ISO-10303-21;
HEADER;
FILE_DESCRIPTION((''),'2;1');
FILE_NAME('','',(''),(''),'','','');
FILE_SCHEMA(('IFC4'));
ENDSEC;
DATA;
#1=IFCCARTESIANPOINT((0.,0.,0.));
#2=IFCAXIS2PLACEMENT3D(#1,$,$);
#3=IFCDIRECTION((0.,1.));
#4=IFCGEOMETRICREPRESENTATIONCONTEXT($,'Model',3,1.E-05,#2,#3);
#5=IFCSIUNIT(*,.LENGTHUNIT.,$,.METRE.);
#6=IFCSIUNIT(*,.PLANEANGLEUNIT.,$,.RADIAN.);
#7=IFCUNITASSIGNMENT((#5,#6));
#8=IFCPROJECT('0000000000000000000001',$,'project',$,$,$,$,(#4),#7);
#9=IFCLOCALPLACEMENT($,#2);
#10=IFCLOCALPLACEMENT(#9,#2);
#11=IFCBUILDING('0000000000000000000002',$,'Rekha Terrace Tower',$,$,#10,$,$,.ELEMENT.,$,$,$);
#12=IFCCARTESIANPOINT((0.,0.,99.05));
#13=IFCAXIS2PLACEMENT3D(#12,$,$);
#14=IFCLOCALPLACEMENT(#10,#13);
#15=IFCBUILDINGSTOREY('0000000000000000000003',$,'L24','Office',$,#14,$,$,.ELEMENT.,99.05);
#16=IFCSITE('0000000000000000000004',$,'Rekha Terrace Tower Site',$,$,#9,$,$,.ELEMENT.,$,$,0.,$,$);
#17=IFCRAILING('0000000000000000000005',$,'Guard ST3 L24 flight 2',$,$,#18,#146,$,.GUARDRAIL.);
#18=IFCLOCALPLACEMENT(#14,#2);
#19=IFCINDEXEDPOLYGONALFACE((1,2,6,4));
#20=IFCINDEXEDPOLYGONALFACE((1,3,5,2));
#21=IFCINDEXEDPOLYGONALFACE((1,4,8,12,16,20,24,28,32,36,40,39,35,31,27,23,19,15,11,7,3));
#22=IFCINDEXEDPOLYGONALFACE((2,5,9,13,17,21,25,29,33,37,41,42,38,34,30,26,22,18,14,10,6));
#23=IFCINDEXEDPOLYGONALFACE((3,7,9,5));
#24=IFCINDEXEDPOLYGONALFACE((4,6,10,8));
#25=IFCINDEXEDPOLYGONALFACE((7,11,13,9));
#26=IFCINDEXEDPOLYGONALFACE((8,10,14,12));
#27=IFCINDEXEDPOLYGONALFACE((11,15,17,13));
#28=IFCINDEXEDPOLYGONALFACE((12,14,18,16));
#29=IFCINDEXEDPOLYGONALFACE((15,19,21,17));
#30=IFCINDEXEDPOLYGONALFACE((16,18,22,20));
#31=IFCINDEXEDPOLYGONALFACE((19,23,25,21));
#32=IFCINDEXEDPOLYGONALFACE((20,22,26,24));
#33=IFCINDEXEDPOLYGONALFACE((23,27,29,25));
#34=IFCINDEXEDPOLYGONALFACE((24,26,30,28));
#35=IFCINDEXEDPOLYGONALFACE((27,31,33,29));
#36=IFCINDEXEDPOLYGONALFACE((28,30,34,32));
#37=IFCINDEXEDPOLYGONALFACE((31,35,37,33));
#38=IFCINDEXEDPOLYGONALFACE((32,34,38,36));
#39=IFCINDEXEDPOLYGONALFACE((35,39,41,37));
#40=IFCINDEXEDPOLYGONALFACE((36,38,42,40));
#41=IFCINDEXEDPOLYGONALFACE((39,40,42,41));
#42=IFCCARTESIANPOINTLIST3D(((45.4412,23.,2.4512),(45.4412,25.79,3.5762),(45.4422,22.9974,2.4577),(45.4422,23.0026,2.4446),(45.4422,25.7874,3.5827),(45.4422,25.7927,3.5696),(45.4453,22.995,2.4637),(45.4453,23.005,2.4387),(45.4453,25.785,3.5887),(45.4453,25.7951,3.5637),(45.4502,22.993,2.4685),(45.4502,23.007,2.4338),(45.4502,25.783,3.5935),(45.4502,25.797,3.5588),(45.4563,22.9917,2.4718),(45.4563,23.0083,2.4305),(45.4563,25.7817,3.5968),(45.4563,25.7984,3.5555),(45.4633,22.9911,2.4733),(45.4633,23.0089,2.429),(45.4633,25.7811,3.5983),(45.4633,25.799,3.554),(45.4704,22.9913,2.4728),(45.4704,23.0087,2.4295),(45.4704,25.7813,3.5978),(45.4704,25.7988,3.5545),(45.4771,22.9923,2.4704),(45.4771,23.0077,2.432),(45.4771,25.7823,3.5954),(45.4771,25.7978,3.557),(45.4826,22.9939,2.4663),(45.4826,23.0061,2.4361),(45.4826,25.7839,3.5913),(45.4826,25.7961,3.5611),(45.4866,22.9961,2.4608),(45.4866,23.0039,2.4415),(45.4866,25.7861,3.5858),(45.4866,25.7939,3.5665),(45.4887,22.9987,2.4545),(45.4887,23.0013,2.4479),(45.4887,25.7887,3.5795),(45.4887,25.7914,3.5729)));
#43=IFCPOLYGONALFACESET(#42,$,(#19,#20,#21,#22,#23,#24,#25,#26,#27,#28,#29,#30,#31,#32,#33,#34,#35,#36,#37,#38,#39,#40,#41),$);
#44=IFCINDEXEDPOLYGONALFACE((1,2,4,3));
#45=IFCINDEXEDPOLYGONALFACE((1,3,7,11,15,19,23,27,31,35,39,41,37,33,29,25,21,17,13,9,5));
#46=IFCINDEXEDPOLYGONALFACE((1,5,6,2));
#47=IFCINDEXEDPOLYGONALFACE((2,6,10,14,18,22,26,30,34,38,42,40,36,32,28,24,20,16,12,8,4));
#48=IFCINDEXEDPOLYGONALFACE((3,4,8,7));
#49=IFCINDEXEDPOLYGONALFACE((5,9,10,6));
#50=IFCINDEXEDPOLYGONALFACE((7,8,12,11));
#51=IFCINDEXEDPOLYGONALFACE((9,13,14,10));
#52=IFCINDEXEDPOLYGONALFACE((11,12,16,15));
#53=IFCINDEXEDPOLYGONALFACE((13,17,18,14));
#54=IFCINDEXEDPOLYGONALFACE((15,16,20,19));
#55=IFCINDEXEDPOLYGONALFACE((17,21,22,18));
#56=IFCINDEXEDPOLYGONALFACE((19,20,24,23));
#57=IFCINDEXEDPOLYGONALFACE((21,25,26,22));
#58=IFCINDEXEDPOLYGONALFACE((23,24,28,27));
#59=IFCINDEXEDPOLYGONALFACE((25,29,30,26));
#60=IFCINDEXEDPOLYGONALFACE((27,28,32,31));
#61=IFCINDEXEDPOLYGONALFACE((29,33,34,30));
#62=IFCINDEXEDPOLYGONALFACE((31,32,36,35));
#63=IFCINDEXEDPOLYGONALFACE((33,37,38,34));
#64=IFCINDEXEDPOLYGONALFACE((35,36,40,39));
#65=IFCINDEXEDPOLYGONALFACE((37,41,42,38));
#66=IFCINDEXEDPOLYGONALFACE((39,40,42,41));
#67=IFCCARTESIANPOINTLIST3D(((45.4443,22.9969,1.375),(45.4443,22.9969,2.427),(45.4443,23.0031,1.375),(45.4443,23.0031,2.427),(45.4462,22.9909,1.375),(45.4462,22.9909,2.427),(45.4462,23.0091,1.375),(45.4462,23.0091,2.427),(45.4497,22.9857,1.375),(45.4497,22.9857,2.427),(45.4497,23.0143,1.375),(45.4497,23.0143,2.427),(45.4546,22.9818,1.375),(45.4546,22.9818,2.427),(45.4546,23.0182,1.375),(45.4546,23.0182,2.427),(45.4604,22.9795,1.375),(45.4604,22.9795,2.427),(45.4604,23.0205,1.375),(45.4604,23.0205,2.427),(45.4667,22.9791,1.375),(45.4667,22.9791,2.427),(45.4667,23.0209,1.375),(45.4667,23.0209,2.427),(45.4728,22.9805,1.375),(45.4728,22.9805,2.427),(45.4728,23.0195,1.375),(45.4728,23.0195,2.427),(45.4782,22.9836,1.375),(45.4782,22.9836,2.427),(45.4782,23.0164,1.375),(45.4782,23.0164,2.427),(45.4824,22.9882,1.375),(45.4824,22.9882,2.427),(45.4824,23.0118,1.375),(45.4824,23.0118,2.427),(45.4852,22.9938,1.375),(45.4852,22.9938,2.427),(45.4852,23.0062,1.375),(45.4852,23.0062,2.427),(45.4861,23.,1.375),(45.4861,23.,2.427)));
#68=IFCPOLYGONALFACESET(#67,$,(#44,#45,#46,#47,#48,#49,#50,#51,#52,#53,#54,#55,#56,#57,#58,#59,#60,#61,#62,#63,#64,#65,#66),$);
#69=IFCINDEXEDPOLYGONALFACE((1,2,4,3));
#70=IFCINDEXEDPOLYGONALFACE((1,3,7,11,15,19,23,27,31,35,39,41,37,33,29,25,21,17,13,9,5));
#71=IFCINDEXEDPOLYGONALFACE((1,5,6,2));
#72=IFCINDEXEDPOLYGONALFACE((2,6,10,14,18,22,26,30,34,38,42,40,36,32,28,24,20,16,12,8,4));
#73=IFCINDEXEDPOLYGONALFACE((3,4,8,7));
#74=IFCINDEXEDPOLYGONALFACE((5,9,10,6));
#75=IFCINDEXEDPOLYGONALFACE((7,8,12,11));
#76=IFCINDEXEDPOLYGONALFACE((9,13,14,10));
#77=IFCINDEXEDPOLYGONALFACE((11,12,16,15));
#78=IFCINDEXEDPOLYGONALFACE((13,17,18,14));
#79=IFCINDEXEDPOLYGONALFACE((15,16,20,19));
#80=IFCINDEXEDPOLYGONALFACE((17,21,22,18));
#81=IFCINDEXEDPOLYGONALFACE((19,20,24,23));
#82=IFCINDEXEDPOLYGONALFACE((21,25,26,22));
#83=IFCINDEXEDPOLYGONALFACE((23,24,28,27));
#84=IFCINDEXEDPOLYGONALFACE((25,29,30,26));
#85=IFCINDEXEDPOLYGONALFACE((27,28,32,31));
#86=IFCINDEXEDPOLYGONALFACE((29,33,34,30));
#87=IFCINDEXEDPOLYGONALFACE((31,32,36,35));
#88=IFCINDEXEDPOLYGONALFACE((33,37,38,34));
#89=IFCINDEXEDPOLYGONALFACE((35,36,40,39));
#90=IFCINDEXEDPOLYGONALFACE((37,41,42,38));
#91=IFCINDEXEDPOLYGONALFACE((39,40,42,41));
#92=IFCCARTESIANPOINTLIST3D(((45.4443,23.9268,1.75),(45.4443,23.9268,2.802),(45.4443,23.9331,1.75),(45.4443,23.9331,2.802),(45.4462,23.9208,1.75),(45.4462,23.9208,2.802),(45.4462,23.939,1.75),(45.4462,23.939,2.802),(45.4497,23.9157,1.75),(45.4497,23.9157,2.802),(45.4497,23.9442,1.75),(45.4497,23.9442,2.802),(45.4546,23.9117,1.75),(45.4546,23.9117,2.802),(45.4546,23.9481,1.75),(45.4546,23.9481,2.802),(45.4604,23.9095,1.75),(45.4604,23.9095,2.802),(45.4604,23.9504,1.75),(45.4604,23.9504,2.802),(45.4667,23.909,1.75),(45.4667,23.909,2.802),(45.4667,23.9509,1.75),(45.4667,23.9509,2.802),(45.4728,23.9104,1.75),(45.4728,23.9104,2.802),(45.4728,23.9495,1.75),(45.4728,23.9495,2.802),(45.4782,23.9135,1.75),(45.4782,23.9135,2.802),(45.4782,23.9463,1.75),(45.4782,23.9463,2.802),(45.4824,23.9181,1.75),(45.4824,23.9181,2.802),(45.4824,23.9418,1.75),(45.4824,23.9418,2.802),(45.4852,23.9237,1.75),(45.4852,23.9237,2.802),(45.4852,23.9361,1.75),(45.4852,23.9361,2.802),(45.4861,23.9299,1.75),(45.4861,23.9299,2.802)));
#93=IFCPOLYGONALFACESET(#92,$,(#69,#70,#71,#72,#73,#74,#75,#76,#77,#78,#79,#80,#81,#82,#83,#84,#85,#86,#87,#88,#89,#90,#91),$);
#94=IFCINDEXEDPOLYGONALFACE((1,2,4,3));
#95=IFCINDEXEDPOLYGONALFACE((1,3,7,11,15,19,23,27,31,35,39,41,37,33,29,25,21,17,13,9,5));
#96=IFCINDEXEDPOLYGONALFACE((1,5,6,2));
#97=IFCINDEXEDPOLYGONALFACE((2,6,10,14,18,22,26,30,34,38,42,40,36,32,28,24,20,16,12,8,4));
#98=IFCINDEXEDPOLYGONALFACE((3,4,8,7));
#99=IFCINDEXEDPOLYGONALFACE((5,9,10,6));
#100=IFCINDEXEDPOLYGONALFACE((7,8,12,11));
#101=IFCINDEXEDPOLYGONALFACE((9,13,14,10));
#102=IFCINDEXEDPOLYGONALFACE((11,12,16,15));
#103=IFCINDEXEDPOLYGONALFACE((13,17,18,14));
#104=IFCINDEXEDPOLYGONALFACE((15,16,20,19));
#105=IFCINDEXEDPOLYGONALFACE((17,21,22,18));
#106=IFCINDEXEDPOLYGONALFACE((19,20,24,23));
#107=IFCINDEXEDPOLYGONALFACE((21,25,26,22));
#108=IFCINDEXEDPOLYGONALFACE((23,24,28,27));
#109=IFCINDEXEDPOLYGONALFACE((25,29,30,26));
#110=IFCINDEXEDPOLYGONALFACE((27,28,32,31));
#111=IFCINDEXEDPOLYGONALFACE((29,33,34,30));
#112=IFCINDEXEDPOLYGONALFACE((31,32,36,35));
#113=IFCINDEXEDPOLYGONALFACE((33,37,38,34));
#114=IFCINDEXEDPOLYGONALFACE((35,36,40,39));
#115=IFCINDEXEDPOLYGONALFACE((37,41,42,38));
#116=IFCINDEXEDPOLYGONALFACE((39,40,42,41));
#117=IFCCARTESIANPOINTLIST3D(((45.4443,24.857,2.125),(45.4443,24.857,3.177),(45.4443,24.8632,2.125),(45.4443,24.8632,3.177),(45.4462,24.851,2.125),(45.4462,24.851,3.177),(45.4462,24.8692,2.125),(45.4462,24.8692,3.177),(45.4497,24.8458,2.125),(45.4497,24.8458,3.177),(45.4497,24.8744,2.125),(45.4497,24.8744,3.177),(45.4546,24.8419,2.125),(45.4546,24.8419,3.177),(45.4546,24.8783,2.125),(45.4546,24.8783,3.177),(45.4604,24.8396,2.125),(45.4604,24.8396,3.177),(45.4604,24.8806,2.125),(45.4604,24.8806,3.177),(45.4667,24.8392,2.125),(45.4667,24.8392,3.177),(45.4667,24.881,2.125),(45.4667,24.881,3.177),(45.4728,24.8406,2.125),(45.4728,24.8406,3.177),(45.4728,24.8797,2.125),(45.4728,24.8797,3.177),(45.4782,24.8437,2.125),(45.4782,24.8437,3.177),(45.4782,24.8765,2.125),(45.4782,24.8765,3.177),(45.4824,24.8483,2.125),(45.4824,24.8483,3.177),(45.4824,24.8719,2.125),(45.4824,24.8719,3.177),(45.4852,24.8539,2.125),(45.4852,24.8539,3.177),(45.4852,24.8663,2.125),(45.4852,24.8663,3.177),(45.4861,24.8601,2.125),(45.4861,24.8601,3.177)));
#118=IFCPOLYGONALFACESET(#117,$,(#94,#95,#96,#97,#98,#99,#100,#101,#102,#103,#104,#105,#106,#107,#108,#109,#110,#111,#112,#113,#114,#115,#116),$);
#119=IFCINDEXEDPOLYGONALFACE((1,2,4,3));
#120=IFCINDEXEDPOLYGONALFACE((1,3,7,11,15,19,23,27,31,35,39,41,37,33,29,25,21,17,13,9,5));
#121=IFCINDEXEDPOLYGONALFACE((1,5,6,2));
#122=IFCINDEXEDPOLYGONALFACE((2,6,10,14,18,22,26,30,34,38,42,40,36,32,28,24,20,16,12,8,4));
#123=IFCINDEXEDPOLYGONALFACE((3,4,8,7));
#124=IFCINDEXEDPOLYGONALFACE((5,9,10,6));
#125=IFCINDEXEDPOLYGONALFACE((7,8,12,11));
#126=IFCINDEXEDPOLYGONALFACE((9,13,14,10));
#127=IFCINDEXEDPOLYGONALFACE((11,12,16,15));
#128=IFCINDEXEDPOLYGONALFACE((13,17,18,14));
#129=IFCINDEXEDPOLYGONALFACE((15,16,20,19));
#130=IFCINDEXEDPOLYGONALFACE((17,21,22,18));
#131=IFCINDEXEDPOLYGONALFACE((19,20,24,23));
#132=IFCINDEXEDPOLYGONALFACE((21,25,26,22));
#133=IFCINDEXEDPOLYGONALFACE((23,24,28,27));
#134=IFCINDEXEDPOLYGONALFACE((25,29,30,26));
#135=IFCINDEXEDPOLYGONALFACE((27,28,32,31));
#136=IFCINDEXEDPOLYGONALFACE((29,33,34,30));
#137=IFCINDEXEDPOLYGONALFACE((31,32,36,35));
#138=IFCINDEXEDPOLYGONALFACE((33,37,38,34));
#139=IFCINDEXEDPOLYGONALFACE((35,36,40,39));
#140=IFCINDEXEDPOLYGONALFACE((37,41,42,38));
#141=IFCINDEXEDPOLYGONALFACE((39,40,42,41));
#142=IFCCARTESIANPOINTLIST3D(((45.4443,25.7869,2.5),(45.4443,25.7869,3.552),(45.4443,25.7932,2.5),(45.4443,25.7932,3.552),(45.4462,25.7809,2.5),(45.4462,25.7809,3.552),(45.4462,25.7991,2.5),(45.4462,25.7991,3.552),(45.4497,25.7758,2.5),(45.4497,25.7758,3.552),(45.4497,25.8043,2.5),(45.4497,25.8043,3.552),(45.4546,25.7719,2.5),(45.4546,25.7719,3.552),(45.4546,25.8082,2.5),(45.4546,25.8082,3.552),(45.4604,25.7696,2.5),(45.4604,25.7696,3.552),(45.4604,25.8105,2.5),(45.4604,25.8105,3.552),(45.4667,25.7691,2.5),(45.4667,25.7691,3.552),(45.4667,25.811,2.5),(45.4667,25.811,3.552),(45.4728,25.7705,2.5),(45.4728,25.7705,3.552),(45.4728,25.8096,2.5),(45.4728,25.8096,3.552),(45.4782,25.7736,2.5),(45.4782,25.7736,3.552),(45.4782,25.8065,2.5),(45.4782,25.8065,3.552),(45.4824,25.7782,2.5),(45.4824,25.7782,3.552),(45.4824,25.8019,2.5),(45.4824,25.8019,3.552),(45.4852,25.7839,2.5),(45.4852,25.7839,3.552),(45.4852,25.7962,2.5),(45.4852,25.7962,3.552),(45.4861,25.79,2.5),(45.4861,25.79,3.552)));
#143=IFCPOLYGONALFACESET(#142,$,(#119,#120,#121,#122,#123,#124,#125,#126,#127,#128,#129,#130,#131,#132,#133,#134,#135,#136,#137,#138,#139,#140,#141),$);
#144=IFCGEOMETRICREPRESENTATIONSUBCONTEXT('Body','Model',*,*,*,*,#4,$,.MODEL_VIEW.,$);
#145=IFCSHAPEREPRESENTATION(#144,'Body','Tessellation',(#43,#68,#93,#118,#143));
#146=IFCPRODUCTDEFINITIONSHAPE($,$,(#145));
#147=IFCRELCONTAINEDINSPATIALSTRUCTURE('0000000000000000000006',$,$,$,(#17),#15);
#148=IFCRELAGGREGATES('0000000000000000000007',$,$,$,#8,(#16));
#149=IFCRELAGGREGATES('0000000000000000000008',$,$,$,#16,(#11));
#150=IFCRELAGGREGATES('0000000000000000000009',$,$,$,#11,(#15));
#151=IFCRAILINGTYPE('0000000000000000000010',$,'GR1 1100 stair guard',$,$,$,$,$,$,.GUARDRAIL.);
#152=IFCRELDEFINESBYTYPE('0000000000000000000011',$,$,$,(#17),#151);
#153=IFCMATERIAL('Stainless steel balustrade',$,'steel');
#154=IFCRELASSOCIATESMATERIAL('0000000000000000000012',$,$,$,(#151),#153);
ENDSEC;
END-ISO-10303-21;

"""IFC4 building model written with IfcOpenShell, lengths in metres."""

from ifc_helpers import new_model, si_unit, direction, frame, origin, origin_2d, place, context, subcontext, project, spatial, circle, extrude, material, type_object, element, save


model = new_model("IFC4")

# Units and contexts
model_context = context("Model", 3, precision=1e-05, world=origin(), true_north=direction((0.0, 1.0)))
body_context = subcontext(model_context, "Body", "Model", "MODEL_VIEW")
ifc_project = project(units=[si_unit("LENGTHUNIT", "METRE"), si_unit("PLANEANGLEUNIT", "RADIAN")], contexts=[model_context])

# Site, building, storey
site_placement = place(None, origin())
site = spatial("IfcSite", under=ifc_project, at=site_placement, Name="Rekha Terrace Tower Site", CompositionType="ELEMENT", RefElevation=0.0)
building_placement = place(site_placement, origin())
building = spatial("IfcBuilding", under=site, at=building_placement, Name="Rekha Terrace Tower", CompositionType="ELEMENT")
storey_placement = place(building_placement, frame((0.0, 0.0, 99.05)))
storey = spatial("IfcBuildingStorey", under=building, at=storey_placement, Name="L24", Description="Office", CompositionType="ELEMENT", Elevation=99.05)

# Railing
ifc_material_1 = material(Name="Stainless steel balustrade", Category="steel")
railing_type_1 = type_object("IfcRailingType", Name="GR1 1100 stair guard", PredefinedType="GUARDRAIL", material=ifc_material_1)
railing_1_placement = place(storey_placement, frame((45.4651, 23.0, 1.375)))
element("IfcRailing", 1, at=railing_1_placement, inside=storey, type_object=railing_type_1, Name="Guard ST3 L24 flight 2", PredefinedType="GUARDRAIL", context=body_context, shape_type="SweptSolid", body=[
    extrude(circle(Radius=0.0239, at=origin_2d()), frame((0.0, 0.0, 1.0762), z_axis=(0.0, 0.927443, 0.373964), x_axis=(-1.0, 0.0, 0.0)), (0.0, 0.0, 1.0), 3.0083),
    extrude(circle(Radius=0.021, at=origin_2d()), origin(), (0.0, 0.0, 1.0), 1.052),
    extrude(circle(Radius=0.021, at=origin_2d()), frame((0.0, 0.9299, 0.375)), (0.0, 0.0, 1.0), 1.052),
    extrude(circle(Radius=0.021, at=origin_2d()), frame((0.0, 1.8601, 0.75)), (0.0, 0.0, 1.0), 1.052),
    extrude(circle(Radius=0.021, at=origin_2d()), frame((0.0, 2.79, 1.125)), (0.0, 0.0, 1.0), 1.052),
])

save(model, "model.ifc")
